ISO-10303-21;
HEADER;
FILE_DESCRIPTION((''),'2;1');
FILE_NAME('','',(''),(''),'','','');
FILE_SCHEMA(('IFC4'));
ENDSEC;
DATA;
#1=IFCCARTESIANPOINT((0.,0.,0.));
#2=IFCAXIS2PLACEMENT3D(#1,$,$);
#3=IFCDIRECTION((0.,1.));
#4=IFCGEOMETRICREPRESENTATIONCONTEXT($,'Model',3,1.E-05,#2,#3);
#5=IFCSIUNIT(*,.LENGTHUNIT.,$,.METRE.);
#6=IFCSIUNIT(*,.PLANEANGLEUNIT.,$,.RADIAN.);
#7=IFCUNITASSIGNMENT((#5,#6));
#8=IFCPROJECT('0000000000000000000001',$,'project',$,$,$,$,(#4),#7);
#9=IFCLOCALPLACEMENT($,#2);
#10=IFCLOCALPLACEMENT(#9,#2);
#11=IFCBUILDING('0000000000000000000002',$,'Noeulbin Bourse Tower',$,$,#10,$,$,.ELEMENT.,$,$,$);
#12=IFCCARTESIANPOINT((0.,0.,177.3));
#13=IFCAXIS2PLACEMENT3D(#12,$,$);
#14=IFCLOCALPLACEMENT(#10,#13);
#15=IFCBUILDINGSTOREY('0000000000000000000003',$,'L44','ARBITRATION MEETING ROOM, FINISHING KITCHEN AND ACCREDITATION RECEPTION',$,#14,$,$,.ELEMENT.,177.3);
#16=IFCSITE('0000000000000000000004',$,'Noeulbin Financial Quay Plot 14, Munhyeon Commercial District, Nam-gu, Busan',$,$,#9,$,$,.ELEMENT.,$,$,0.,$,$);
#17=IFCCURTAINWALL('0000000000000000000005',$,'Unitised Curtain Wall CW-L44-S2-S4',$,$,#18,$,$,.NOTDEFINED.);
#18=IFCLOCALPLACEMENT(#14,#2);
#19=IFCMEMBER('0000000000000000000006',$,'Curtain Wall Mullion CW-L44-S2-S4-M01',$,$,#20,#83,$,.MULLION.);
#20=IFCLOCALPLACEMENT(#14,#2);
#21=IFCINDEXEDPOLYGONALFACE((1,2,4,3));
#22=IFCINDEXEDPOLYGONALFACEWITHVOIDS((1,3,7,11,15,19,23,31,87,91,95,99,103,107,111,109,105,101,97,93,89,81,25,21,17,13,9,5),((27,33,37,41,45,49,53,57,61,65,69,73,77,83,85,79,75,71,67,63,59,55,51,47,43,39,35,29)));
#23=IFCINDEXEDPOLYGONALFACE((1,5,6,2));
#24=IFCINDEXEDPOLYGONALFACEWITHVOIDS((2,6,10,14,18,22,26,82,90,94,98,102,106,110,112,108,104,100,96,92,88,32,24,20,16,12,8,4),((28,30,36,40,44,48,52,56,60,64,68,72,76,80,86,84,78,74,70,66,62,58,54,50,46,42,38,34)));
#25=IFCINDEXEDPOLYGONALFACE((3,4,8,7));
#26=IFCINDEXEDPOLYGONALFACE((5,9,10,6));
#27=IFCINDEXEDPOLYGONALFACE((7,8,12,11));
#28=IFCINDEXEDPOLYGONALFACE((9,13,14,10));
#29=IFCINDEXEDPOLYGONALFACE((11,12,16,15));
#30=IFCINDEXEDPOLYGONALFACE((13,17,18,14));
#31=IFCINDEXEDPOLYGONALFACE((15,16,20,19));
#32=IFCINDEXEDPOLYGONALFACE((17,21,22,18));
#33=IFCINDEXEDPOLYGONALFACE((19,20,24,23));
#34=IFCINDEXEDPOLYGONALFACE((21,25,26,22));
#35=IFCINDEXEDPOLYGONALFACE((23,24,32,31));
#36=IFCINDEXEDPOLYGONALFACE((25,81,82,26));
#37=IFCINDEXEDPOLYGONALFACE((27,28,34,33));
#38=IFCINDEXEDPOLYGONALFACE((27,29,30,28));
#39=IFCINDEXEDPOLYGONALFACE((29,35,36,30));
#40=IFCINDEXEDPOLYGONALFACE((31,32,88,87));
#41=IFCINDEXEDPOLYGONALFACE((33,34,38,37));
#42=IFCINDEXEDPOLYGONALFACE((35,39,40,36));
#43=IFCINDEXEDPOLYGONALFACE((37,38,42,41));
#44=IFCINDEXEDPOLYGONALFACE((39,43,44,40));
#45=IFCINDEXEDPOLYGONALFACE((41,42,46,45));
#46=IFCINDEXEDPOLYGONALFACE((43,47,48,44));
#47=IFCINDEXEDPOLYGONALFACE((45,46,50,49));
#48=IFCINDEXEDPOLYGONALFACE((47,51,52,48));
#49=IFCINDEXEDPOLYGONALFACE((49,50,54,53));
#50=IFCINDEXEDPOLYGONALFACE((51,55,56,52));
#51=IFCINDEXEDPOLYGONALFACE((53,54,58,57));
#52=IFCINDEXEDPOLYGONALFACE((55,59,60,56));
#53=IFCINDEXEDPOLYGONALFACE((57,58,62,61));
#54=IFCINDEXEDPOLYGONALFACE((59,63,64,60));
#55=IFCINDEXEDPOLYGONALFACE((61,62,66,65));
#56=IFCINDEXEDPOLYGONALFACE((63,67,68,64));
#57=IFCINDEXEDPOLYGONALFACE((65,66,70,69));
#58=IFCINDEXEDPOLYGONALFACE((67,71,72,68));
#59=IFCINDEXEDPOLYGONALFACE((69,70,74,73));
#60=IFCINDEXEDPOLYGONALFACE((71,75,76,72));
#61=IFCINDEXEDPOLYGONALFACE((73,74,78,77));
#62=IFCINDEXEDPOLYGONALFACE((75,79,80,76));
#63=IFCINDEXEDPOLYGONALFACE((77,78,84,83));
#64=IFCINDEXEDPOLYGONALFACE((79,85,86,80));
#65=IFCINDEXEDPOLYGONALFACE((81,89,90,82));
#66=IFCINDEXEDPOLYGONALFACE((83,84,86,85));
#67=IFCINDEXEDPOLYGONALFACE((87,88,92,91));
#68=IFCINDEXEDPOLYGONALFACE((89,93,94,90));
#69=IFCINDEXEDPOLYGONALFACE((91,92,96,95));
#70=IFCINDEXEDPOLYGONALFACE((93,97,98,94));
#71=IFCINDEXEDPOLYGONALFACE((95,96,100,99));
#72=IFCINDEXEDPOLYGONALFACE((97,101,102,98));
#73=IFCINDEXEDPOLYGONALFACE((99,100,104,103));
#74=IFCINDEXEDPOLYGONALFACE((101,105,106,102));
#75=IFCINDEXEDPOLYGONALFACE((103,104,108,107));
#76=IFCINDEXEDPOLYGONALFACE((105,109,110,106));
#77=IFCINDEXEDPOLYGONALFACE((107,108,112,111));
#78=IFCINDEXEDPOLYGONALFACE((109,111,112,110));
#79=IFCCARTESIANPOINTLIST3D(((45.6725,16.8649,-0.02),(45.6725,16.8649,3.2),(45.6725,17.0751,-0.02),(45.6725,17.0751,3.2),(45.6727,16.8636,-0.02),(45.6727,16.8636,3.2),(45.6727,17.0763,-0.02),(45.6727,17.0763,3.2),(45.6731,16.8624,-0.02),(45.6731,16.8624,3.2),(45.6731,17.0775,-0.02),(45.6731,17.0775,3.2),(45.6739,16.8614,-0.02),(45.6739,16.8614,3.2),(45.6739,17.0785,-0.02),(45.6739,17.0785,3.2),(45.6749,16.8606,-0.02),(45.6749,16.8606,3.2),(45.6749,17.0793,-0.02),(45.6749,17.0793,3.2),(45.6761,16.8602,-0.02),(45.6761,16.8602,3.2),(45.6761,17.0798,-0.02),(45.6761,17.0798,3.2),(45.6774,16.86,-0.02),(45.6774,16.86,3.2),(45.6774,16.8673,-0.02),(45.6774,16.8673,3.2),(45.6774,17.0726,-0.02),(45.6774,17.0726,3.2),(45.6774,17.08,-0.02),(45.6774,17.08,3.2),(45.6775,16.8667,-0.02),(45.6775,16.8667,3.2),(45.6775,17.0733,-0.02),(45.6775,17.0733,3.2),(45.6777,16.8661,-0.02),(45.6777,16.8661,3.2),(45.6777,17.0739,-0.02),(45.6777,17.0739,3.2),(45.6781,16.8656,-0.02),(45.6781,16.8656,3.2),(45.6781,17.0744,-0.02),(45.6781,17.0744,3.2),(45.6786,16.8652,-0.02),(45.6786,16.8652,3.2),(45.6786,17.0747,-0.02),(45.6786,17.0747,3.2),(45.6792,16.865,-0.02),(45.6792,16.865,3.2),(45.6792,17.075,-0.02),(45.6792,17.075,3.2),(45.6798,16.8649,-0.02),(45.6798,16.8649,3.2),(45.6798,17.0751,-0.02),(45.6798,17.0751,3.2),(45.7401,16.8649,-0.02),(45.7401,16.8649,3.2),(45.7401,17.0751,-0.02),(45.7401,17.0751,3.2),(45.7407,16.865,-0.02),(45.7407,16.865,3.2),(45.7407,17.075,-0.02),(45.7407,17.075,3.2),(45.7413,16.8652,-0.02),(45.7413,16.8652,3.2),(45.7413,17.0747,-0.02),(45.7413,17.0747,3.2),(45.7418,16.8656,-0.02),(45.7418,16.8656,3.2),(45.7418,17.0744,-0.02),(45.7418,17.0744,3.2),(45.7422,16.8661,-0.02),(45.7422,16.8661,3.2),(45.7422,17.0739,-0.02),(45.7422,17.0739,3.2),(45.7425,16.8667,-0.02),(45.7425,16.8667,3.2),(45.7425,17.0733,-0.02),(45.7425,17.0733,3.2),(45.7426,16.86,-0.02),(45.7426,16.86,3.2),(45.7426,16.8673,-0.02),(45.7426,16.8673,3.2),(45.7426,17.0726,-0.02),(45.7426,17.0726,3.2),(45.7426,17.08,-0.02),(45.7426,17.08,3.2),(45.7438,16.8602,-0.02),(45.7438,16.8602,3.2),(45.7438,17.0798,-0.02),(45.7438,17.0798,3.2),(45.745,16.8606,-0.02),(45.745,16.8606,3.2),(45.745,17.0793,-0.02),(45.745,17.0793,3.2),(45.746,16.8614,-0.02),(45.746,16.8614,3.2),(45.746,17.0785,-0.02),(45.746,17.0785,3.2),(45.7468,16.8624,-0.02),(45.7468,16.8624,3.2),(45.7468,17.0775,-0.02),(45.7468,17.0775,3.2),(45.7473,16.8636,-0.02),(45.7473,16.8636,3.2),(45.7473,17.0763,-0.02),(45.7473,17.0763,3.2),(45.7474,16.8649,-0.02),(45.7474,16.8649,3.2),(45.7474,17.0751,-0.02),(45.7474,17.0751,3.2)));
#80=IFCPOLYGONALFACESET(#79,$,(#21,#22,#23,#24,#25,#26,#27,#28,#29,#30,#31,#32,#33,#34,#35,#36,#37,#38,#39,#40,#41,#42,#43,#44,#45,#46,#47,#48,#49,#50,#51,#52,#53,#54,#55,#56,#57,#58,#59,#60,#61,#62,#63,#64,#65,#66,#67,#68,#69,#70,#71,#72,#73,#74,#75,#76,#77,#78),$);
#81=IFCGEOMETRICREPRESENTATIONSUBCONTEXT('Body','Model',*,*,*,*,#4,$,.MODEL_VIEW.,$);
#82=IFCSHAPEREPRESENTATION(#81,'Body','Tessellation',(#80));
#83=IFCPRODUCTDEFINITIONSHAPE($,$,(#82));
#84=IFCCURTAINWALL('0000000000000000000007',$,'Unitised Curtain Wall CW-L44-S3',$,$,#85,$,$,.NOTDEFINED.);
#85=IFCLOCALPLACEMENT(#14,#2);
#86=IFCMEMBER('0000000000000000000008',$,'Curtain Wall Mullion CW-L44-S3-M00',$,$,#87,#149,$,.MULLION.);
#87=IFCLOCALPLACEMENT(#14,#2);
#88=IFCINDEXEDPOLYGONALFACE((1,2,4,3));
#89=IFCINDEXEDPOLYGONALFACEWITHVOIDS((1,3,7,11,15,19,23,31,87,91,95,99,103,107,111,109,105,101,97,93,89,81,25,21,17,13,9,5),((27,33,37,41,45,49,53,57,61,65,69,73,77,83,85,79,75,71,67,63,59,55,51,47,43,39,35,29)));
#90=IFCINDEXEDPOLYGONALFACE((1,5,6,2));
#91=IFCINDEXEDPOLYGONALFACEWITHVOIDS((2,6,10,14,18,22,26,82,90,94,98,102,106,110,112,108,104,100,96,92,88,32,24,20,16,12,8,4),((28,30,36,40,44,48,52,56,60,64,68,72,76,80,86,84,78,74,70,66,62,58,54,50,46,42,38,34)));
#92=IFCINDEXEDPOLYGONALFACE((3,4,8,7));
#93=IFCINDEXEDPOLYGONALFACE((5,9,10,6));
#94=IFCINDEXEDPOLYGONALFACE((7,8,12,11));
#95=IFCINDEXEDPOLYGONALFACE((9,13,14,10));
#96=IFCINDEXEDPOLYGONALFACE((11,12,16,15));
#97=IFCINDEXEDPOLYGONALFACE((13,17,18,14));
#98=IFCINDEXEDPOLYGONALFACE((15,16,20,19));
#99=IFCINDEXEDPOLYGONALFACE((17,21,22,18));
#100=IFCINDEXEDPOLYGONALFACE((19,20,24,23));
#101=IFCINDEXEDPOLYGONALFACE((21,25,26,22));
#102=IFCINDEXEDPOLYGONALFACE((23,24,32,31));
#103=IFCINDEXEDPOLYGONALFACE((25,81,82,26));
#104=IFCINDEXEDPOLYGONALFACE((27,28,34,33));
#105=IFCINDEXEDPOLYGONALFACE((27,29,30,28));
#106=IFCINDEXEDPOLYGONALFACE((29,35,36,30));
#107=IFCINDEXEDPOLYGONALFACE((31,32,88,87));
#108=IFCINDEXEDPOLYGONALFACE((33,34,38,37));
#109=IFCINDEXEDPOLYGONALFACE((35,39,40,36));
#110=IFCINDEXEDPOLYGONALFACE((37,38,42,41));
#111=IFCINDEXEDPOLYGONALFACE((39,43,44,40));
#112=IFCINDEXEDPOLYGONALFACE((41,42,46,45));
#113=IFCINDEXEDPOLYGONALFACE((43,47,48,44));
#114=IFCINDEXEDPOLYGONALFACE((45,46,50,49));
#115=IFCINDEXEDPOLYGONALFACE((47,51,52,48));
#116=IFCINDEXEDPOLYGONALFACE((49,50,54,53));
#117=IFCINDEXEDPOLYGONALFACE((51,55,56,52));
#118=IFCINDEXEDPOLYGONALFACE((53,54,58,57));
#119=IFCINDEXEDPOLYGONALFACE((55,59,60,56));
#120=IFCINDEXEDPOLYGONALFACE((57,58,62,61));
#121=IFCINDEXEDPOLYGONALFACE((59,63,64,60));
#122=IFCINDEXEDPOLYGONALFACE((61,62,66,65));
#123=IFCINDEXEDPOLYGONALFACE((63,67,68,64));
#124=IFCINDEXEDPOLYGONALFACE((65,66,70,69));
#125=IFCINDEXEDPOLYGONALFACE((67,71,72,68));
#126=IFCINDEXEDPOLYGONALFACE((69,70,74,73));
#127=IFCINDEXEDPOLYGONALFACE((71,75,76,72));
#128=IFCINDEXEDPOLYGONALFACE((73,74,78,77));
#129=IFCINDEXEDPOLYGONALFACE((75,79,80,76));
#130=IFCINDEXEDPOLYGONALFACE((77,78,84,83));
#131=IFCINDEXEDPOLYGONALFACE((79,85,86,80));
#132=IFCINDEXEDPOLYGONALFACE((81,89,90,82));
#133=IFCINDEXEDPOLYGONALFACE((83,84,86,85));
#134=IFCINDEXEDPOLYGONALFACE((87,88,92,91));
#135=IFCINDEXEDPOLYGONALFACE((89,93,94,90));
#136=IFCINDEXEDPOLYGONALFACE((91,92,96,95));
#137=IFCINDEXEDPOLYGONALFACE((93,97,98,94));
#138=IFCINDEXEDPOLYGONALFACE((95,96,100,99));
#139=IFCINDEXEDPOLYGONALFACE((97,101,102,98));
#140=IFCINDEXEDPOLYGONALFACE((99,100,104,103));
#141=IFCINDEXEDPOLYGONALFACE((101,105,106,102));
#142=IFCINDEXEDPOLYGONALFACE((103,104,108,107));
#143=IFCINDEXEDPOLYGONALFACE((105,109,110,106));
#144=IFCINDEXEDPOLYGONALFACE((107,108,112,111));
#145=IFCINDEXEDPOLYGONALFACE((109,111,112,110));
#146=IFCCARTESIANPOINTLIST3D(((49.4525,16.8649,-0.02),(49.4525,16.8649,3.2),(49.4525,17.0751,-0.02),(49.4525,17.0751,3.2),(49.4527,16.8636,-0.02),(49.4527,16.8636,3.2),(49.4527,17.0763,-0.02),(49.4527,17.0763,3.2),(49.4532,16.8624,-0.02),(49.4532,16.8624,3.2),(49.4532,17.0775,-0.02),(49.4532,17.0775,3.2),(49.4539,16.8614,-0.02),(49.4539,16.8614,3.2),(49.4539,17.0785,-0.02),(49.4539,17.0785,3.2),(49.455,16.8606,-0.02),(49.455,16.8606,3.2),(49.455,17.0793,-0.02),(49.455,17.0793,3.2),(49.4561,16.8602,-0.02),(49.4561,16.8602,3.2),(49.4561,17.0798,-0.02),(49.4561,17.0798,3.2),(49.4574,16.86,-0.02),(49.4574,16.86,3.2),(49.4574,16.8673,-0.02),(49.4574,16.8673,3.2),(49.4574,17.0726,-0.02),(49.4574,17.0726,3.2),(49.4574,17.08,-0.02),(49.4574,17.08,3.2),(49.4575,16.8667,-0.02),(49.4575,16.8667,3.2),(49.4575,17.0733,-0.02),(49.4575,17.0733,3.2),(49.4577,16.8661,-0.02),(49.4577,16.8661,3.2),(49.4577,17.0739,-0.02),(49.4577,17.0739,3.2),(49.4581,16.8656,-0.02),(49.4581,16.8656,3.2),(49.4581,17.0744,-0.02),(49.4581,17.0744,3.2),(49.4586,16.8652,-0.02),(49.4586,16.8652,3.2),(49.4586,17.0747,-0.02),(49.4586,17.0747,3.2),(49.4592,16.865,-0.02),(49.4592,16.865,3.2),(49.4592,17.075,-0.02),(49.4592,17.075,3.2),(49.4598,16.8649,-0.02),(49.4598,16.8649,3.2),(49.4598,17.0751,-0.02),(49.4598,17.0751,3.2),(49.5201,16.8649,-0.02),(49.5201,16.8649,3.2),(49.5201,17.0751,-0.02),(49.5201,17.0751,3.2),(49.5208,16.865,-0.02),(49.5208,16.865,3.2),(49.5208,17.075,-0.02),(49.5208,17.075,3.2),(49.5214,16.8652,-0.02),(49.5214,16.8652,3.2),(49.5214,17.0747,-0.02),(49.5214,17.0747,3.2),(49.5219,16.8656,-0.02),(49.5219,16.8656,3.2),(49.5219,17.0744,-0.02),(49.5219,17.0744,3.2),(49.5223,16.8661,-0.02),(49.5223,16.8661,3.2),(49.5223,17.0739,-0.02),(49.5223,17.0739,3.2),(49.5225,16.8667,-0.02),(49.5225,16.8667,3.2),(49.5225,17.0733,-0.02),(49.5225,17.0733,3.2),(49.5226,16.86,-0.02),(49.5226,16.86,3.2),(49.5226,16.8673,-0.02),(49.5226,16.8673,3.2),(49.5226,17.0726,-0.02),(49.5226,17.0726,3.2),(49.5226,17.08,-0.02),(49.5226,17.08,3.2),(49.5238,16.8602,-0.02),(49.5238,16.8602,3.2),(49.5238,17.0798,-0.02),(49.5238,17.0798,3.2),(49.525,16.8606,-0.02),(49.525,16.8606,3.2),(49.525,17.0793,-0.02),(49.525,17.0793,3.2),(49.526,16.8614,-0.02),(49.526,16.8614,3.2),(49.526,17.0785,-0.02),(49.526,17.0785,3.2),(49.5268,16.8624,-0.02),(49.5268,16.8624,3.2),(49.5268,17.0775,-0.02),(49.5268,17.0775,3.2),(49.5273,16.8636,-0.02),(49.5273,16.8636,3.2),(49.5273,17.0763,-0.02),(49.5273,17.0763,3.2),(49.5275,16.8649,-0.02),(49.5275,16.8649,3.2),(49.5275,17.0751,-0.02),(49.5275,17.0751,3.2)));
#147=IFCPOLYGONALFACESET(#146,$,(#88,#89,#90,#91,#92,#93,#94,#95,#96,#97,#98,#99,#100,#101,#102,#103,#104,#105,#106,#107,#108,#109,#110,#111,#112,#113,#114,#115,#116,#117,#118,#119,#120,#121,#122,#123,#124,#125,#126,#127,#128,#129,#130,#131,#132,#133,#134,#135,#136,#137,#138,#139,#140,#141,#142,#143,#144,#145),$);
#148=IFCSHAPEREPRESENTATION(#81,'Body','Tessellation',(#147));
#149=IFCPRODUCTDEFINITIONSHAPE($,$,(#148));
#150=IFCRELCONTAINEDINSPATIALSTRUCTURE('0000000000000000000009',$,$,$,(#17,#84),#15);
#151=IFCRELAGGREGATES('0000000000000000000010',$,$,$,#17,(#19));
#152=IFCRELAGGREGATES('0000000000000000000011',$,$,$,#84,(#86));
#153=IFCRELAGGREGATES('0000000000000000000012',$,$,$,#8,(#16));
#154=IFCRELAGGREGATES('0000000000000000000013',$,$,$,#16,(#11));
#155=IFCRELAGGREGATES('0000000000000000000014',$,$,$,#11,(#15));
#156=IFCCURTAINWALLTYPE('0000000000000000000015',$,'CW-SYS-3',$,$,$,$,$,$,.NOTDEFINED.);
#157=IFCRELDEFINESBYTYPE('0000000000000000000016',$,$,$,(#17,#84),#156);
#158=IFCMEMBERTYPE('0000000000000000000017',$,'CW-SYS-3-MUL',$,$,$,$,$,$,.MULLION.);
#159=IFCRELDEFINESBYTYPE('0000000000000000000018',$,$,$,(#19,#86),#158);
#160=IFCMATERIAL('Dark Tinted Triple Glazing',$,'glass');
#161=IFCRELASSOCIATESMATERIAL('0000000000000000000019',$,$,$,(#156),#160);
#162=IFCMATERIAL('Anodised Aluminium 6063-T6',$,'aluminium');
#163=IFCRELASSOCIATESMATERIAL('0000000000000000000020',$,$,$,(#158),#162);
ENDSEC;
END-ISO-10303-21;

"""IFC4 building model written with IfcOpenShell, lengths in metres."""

from ifc_helpers import new_model, si_unit, direction, frame, origin, origin_2d, place, context, subcontext, project, spatial, hollow_rectangle, extrude, material, material_profile, profile_set, type_object, element, aggregate, save


model = new_model("IFC4")

# Units and contexts
model_context = context("Model", 3, precision=1e-05, world=origin(), true_north=direction((0.0, 1.0)))
body_context = subcontext(model_context, "Body", "Model", "MODEL_VIEW")
ifc_project = project(units=[si_unit("LENGTHUNIT", "METRE"), si_unit("PLANEANGLEUNIT", "RADIAN")], contexts=[model_context])

# Site, building, storey
site_placement = place(None, origin())
site = spatial("IfcSite", under=ifc_project, at=site_placement, Name="Noeulbin Financial Quay Plot 14, Munhyeon Commercial District, Nam-gu, Busan", CompositionType="ELEMENT", RefElevation=0.0)
building_placement = place(site_placement, origin())
building = spatial("IfcBuilding", under=site, at=building_placement, Name="Noeulbin Bourse Tower", CompositionType="ELEMENT")
storey_placement = place(building_placement, frame((0.0, 0.0, 177.3)))
storey = spatial("IfcBuildingStorey", under=building, at=storey_placement, Name="L44", Description="ARBITRATION MEETING ROOM, FINISHING KITCHEN AND ACCREDITATION RECEPTION", CompositionType="ELEMENT", Elevation=177.3)

# Shared definitions
ifc_material_1 = material(Name="Dark Tinted Triple Glazing", Category="glass")
curtain_wall_type = type_object("IfcCurtainWallType", Name="CW-SYS-3", PredefinedType="NOTDEFINED", material=ifc_material_1)
ifc_material_2 = material(Name="Anodised Aluminium 6063-T6", Category="aluminium")
ifc_material_profile_1 = material_profile(ifc_material_2, hollow_rectangle(XDim=0.075, YDim=0.22, WallThickness=0.0049, InnerFilletRadius=0.0024, OuterFilletRadius=0.0049, at=origin_2d()), Name="ALU-MULL-75x220x5", Category="LoadBearing")
ifc_profile_set_1 = profile_set([ifc_material_profile_1], Name="Anodised Aluminium 6063-T6")
member_type_1 = type_object("IfcMemberType", Name="CW-SYS-3-MUL", PredefinedType="MULLION", material=ifc_profile_set_1)

# Curtain walls, members
curtain_wall_1_placement = place(storey_placement, origin())
curtain_wall_1 = element("IfcCurtainWall", 1, at=curtain_wall_1_placement, inside=storey, type_object=curtain_wall_type, Name="Unitised Curtain Wall CW-L44-S2-S4", PredefinedType="NOTDEFINED")
member_1_placement = place(storey_placement, frame((45.71, 16.97, -0.02), z_axis=(0.0, 0.0, 1.0), x_axis=(1.0, 0.0, 0.0)))
member_1 = element("IfcMember", 2, at=member_1_placement, type_object=member_type_1, Name="Curtain Wall Mullion CW-L44-S2-S4-M01", PredefinedType="MULLION", context=body_context, shape_type="SweptSolid", body=[
    extrude(hollow_rectangle(XDim=0.075, YDim=0.22, WallThickness=0.0049, InnerFilletRadius=0.0024, OuterFilletRadius=0.0049, at=origin_2d()), origin(), (0.0, 0.0, 1.0), 3.22),
])
curtain_wall_2_placement = place(storey_placement, origin())
curtain_wall_2 = element("IfcCurtainWall", 3, at=curtain_wall_2_placement, inside=storey, type_object=curtain_wall_type, Name="Unitised Curtain Wall CW-L44-S3", PredefinedType="NOTDEFINED")
member_2_placement = place(storey_placement, frame((49.49, 16.97, -0.02), z_axis=(0.0, 0.0, 1.0), x_axis=(1.0, 0.0, 0.0)))
member_2 = element("IfcMember", 4, at=member_2_placement, type_object=member_type_1, Name="Curtain Wall Mullion CW-L44-S3-M00", PredefinedType="MULLION", context=body_context, shape_type="SweptSolid", body=[
    extrude(hollow_rectangle(XDim=0.075, YDim=0.22, WallThickness=0.0049, InnerFilletRadius=0.0024, OuterFilletRadius=0.0049, at=origin_2d()), origin(), (0.0, 0.0, 1.0), 3.22),
])

aggregate(curtain_wall_1, [member_1])
aggregate(curtain_wall_2, [member_2])

save(model, "model.ifc")
